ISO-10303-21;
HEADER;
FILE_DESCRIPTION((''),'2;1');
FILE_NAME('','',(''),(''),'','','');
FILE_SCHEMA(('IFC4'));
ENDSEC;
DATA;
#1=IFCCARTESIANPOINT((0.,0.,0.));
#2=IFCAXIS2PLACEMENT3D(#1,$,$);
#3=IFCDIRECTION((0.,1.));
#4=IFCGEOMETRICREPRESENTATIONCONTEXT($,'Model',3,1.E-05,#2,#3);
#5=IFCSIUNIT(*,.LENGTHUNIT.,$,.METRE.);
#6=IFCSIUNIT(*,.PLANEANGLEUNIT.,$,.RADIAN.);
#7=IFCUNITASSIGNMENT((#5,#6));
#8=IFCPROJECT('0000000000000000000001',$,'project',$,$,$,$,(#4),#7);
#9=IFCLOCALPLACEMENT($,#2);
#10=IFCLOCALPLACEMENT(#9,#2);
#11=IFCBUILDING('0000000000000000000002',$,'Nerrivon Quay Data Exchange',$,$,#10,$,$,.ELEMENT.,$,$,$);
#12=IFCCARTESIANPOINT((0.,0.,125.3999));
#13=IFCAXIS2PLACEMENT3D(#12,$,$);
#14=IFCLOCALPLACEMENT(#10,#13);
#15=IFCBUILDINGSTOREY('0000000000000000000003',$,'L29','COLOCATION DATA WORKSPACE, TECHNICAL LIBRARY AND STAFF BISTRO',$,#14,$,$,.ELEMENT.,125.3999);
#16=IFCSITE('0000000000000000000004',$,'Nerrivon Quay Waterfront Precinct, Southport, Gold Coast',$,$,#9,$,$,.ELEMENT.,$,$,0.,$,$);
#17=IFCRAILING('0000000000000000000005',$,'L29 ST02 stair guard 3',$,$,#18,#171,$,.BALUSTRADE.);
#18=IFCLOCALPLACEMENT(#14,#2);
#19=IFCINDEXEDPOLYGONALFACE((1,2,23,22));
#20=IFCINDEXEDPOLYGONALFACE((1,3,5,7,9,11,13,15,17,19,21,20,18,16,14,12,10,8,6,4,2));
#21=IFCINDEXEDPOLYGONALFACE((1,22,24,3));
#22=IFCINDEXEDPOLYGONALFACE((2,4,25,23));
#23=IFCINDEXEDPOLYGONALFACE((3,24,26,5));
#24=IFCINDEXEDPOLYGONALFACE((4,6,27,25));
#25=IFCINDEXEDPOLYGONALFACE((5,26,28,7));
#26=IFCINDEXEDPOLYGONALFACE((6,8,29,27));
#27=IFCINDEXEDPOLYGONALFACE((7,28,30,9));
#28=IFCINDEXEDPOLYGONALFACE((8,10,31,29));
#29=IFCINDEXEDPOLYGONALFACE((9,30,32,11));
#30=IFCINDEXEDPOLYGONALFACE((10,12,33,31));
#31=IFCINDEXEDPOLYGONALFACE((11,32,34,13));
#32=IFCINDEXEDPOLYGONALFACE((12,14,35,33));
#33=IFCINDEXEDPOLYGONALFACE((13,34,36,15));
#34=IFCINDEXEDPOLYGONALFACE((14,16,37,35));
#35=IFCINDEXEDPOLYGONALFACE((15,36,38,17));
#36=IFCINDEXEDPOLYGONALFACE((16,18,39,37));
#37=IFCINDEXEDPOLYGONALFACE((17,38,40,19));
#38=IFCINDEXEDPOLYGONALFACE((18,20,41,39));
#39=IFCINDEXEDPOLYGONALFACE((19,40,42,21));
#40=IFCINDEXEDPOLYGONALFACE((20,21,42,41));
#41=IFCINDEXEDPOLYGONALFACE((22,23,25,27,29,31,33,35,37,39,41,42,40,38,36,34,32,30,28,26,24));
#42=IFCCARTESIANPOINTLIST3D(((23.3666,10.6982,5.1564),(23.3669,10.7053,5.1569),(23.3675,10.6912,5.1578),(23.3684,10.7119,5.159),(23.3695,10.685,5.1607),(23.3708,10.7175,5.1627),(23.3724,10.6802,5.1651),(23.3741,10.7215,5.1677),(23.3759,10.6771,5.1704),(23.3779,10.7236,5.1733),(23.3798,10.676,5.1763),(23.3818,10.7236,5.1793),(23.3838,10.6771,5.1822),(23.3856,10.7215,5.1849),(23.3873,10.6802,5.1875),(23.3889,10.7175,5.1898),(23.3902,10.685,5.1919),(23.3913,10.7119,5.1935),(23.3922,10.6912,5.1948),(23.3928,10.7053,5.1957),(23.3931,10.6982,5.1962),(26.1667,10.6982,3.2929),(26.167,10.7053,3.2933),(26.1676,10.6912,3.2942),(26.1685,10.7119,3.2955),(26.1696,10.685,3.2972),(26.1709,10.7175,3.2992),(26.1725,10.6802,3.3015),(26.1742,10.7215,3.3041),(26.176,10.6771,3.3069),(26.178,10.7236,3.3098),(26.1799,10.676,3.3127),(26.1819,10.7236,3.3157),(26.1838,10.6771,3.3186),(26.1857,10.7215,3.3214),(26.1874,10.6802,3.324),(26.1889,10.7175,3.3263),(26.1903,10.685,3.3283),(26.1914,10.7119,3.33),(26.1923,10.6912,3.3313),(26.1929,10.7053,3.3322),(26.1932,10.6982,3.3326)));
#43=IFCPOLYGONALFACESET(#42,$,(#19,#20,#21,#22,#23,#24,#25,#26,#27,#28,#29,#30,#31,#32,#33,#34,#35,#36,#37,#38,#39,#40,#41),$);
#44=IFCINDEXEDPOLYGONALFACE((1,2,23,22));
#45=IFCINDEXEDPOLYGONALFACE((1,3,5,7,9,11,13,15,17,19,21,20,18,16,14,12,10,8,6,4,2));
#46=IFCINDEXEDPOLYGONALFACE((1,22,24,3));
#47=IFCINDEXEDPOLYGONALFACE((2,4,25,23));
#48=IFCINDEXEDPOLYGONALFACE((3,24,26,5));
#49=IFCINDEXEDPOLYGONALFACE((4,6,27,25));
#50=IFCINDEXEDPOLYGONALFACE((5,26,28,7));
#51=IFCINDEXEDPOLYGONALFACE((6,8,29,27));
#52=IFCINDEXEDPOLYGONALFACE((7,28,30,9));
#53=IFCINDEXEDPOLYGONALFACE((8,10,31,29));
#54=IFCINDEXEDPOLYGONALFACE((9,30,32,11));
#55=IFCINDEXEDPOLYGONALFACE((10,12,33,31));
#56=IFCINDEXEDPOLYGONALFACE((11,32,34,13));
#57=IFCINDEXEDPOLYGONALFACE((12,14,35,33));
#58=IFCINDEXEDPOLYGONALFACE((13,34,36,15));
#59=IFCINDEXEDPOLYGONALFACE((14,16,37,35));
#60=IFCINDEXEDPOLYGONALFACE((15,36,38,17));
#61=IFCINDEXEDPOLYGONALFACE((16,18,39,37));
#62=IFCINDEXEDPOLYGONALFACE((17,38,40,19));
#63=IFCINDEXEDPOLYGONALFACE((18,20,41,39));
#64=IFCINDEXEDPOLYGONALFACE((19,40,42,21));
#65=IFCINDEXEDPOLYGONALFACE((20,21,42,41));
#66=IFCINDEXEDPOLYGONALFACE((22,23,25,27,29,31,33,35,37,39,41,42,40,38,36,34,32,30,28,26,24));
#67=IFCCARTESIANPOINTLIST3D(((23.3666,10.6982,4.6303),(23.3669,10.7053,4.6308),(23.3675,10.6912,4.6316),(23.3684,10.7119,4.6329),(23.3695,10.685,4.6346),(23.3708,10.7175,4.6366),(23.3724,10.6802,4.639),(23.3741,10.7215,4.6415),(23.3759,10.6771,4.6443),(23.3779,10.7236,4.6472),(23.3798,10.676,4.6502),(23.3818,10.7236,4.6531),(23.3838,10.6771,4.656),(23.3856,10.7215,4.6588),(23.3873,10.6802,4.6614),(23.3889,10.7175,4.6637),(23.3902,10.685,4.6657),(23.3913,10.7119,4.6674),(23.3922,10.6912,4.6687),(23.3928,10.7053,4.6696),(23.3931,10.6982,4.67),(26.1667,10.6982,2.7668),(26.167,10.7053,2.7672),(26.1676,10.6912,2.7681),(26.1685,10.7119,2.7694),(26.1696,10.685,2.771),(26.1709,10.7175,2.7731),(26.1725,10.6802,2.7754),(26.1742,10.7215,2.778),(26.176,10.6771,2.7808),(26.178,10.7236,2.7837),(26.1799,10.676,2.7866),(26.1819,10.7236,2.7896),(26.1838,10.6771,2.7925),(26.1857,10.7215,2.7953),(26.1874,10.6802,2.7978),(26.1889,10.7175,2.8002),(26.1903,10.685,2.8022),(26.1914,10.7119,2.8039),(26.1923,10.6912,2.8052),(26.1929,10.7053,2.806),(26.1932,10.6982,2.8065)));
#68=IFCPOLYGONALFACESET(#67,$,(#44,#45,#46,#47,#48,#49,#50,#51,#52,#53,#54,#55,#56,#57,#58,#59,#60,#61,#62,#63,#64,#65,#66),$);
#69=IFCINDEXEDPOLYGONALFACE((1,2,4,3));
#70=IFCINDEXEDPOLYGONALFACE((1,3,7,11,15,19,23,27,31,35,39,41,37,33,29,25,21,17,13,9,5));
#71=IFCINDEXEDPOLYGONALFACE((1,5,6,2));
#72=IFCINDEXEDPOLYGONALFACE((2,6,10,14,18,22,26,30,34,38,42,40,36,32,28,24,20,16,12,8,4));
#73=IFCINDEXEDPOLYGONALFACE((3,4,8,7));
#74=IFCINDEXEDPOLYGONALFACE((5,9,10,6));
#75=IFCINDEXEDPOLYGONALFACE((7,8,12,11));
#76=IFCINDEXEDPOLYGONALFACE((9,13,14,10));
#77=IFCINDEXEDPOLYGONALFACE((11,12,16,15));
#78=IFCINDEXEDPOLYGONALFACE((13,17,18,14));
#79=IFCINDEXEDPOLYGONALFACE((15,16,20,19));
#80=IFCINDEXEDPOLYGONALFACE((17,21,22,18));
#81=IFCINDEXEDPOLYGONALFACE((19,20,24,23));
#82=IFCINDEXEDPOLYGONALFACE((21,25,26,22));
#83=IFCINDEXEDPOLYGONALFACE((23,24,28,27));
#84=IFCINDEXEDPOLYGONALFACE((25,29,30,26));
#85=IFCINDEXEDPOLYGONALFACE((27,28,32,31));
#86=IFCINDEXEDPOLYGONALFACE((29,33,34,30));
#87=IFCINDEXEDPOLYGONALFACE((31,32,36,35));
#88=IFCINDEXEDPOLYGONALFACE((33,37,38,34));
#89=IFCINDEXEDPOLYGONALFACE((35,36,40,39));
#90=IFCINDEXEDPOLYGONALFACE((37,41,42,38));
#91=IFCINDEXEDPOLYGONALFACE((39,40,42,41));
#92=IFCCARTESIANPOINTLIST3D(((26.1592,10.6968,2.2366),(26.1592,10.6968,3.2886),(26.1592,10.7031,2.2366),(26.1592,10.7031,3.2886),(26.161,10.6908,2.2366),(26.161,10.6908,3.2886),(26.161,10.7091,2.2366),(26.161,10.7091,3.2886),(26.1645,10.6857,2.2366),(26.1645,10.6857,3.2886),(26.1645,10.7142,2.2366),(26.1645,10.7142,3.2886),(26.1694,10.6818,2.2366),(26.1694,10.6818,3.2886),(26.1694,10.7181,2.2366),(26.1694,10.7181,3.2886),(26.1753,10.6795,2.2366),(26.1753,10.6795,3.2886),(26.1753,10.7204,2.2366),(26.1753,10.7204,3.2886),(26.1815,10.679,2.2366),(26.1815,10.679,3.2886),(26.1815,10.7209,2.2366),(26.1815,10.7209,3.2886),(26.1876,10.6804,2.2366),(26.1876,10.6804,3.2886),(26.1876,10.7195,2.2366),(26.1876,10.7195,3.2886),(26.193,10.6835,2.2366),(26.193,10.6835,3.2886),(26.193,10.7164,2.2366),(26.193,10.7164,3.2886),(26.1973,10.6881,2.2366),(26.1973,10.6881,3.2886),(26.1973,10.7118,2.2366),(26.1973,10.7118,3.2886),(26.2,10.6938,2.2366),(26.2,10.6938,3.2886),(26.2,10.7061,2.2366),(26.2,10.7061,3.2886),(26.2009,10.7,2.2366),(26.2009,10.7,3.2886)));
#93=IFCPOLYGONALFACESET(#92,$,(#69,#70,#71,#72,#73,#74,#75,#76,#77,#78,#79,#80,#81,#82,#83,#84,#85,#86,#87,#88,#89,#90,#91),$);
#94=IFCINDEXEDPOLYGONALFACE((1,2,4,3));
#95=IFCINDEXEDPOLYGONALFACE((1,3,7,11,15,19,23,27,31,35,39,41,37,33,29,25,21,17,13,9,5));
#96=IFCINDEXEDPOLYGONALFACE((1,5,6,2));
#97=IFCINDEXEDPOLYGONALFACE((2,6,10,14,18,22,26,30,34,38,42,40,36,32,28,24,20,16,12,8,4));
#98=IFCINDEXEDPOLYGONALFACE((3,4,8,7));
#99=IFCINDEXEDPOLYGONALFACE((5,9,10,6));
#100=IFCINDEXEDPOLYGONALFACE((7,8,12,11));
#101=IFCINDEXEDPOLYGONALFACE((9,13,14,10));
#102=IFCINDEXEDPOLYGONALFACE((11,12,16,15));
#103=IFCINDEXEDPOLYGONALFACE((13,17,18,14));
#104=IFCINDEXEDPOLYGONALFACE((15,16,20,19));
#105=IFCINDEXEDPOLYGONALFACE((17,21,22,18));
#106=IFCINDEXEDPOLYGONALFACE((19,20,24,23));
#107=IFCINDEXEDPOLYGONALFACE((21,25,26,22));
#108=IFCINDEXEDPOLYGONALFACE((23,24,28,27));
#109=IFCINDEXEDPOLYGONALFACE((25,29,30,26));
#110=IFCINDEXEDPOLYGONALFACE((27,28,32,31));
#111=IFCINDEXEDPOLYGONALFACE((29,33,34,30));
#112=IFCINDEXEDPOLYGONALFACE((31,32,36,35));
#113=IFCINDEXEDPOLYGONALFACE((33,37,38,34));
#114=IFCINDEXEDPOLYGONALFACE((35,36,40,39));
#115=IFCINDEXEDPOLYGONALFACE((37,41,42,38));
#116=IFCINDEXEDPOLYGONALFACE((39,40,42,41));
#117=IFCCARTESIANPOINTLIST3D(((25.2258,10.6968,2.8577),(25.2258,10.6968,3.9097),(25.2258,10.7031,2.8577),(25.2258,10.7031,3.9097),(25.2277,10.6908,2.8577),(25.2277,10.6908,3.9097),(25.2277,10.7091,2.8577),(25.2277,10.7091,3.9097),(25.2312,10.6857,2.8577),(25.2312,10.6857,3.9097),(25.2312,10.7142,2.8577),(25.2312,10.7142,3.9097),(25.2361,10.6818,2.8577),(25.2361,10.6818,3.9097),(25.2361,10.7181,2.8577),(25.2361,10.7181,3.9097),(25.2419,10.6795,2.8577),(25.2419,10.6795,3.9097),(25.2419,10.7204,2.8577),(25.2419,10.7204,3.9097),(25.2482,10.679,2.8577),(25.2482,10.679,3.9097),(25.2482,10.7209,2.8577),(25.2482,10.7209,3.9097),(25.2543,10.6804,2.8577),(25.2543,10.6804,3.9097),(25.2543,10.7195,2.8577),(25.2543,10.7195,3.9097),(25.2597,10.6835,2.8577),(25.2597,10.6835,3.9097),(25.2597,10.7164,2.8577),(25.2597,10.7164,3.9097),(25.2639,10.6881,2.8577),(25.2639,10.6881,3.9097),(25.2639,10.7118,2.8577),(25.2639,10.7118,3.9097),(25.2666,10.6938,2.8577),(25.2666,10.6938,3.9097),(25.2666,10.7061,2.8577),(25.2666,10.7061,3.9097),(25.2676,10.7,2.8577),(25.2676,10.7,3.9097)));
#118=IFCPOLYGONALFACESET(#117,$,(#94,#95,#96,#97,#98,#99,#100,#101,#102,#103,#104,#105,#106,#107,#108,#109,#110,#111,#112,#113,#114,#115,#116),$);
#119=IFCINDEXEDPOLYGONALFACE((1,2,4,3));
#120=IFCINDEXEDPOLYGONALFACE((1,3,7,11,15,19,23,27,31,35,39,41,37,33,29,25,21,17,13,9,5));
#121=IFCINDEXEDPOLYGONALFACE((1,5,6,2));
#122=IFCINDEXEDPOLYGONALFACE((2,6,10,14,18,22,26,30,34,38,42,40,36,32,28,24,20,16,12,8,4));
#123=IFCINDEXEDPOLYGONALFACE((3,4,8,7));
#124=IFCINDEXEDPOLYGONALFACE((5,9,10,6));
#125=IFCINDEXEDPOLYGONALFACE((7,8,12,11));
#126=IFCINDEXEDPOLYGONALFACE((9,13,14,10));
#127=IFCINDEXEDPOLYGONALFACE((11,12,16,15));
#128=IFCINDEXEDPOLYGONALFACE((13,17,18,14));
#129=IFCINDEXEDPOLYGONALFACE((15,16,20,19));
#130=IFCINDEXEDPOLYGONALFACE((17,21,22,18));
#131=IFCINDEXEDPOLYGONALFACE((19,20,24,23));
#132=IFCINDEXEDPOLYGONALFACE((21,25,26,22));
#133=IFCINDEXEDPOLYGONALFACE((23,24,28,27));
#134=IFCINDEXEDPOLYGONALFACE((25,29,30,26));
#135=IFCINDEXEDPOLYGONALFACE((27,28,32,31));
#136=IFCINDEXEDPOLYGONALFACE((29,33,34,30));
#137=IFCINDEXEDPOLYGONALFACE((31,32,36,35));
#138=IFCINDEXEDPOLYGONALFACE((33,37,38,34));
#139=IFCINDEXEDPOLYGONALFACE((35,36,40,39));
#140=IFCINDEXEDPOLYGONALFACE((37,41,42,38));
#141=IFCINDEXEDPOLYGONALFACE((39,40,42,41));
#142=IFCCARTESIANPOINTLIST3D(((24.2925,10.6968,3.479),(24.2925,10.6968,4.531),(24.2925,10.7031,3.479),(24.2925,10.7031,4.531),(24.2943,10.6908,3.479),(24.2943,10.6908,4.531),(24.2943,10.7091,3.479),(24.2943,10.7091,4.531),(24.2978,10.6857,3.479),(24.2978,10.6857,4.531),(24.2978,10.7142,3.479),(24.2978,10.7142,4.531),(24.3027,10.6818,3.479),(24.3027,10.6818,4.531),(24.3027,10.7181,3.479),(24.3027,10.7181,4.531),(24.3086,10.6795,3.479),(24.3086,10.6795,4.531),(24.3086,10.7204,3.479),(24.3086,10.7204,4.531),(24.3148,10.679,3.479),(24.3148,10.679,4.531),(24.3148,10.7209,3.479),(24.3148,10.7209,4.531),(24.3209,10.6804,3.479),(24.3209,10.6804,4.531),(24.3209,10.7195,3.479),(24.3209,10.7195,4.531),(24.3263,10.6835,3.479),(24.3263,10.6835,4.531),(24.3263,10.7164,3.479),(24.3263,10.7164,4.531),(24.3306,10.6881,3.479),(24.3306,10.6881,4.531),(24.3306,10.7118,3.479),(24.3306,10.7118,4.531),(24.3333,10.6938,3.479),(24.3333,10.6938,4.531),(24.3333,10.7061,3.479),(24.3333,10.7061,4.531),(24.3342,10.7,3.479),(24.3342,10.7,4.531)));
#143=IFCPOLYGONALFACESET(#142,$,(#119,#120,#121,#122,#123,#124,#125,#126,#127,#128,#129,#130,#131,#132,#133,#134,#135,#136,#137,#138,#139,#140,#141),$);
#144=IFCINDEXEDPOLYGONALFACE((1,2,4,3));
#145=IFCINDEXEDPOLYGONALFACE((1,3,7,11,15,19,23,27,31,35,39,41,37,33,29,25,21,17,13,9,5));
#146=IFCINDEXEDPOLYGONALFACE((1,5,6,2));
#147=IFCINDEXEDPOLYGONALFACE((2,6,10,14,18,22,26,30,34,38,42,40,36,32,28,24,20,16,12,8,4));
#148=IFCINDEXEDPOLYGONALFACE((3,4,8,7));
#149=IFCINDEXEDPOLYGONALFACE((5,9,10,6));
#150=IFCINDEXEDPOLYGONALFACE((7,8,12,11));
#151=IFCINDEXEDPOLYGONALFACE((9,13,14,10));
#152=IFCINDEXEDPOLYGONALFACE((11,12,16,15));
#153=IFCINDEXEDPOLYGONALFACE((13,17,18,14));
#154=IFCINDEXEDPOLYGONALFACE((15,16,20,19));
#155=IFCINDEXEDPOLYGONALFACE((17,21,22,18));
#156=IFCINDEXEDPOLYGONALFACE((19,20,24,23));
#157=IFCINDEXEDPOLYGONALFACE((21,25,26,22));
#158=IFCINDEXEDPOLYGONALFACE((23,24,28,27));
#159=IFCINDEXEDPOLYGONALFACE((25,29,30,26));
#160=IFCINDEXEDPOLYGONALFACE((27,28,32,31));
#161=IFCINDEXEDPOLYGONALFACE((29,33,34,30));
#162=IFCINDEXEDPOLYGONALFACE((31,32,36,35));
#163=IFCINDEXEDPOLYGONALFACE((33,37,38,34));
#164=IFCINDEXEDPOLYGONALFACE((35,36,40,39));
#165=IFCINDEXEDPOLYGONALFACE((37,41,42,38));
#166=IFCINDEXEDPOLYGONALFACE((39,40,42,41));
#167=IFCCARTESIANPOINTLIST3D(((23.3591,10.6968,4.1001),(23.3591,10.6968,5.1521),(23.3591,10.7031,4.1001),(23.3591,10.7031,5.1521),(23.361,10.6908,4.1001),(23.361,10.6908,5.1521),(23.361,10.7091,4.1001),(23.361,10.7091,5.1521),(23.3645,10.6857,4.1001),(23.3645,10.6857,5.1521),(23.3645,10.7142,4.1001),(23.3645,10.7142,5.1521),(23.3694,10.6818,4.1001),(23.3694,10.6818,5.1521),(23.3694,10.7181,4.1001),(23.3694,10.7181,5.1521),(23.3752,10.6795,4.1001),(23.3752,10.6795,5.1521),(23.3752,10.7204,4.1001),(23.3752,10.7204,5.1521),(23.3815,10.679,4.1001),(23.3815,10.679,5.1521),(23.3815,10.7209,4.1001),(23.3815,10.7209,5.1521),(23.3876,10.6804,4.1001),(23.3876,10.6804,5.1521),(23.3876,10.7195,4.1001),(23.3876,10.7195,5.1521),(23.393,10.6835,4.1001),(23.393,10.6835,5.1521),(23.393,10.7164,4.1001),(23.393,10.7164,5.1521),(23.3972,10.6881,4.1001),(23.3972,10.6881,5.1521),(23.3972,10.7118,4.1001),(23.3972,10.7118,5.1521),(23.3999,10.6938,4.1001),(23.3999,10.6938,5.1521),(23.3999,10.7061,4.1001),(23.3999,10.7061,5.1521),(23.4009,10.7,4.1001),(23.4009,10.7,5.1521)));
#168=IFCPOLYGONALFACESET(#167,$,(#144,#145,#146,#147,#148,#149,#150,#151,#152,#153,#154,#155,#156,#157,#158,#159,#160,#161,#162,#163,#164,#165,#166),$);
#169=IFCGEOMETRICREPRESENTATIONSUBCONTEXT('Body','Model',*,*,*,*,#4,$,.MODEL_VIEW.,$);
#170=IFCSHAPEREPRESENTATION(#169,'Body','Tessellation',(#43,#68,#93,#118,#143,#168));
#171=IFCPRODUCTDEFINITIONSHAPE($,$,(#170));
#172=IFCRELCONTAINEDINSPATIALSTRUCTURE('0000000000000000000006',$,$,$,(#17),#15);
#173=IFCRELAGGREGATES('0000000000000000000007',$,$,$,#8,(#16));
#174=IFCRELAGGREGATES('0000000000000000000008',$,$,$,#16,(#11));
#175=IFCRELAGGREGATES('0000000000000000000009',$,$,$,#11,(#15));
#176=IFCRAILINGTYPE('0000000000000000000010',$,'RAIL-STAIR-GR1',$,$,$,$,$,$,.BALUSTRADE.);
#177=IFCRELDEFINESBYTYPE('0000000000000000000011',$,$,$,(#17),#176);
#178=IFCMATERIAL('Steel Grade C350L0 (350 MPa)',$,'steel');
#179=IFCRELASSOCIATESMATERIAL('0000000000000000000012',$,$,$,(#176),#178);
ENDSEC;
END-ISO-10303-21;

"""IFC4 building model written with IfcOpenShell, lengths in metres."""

from ifc_helpers import new_model, si_unit, direction, frame, origin, origin_2d, place, context, subcontext, project, spatial, circle, extrude, material, type_object, element, save


model = new_model("IFC4")

# Units and contexts
model_context = context("Model", 3, precision=1e-05, world=origin(), true_north=direction((0.0, 1.0)))
body_context = subcontext(model_context, "Body", "Model", "MODEL_VIEW")
ifc_project = project(units=[si_unit("LENGTHUNIT", "METRE"), si_unit("PLANEANGLEUNIT", "RADIAN")], contexts=[model_context])

# Site, building, storey
site_placement = place(None, origin())
site = spatial("IfcSite", under=ifc_project, at=site_placement, Name="Nerrivon Quay Waterfront Precinct, Southport, Gold Coast", CompositionType="ELEMENT", RefElevation=0.0)
building_placement = place(site_placement, origin())
building = spatial("IfcBuilding", under=site, at=building_placement, Name="Nerrivon Quay Data Exchange", CompositionType="ELEMENT")
storey_placement = place(building_placement, frame((0.0, 0.0, 125.3999)))
storey = spatial("IfcBuildingStorey", under=building, at=storey_placement, Name="L29", Description="COLOCATION DATA WORKSPACE, TECHNICAL LIBRARY AND STAFF BISTRO", CompositionType="ELEMENT", Elevation=125.3999)

# Railing
ifc_material_1 = material(Name="Steel Grade C350L0 (350 MPa)", Category="steel")
railing_type_1 = type_object("IfcRailingType", Name="RAIL-STAIR-GR1", PredefinedType="BALUSTRADE", material=ifc_material_1)
railing_1_placement = place(storey_placement, frame((26.1799, 10.7, 2.2366)))
element("IfcRailing", 1, at=railing_1_placement, inside=storey, type_object=railing_type_1, Name="L29 ST02 stair guard 3", PredefinedType="BALUSTRADE", context=body_context, shape_type="SweptSolid", body=[
    extrude(circle(Radius=0.0239, at=origin_2d()), frame((0.0, 0.0, 1.0762), z_axis=(-0.832486, 0.0, 0.554047), x_axis=(0.0, -1.0, 0.0)), (0.0, 0.0, 1.0), 3.3635),
    extrude(circle(Radius=0.0239, at=origin_2d()), frame((0.0, 0.0, 0.55), z_axis=(-0.832486, 0.0, 0.554047), x_axis=(0.0, -1.0, 0.0)), (0.0, 0.0, 1.0), 3.3635),
    extrude(circle(Radius=0.021, at=origin_2d()), origin(), (0.0, 0.0, 1.0), 1.052),
    extrude(circle(Radius=0.021, at=origin_2d()), frame((-0.9333, 0.0, 0.6211)), (0.0, 0.0, 1.0), 1.052),
    extrude(circle(Radius=0.021, at=origin_2d()), frame((-1.8667, 0.0, 1.2424)), (0.0, 0.0, 1.0), 1.052),
    extrude(circle(Radius=0.021, at=origin_2d()), frame((-2.8, 0.0, 1.8635)), (0.0, 0.0, 1.0), 1.052),
])

save(model, "model.ifc")
